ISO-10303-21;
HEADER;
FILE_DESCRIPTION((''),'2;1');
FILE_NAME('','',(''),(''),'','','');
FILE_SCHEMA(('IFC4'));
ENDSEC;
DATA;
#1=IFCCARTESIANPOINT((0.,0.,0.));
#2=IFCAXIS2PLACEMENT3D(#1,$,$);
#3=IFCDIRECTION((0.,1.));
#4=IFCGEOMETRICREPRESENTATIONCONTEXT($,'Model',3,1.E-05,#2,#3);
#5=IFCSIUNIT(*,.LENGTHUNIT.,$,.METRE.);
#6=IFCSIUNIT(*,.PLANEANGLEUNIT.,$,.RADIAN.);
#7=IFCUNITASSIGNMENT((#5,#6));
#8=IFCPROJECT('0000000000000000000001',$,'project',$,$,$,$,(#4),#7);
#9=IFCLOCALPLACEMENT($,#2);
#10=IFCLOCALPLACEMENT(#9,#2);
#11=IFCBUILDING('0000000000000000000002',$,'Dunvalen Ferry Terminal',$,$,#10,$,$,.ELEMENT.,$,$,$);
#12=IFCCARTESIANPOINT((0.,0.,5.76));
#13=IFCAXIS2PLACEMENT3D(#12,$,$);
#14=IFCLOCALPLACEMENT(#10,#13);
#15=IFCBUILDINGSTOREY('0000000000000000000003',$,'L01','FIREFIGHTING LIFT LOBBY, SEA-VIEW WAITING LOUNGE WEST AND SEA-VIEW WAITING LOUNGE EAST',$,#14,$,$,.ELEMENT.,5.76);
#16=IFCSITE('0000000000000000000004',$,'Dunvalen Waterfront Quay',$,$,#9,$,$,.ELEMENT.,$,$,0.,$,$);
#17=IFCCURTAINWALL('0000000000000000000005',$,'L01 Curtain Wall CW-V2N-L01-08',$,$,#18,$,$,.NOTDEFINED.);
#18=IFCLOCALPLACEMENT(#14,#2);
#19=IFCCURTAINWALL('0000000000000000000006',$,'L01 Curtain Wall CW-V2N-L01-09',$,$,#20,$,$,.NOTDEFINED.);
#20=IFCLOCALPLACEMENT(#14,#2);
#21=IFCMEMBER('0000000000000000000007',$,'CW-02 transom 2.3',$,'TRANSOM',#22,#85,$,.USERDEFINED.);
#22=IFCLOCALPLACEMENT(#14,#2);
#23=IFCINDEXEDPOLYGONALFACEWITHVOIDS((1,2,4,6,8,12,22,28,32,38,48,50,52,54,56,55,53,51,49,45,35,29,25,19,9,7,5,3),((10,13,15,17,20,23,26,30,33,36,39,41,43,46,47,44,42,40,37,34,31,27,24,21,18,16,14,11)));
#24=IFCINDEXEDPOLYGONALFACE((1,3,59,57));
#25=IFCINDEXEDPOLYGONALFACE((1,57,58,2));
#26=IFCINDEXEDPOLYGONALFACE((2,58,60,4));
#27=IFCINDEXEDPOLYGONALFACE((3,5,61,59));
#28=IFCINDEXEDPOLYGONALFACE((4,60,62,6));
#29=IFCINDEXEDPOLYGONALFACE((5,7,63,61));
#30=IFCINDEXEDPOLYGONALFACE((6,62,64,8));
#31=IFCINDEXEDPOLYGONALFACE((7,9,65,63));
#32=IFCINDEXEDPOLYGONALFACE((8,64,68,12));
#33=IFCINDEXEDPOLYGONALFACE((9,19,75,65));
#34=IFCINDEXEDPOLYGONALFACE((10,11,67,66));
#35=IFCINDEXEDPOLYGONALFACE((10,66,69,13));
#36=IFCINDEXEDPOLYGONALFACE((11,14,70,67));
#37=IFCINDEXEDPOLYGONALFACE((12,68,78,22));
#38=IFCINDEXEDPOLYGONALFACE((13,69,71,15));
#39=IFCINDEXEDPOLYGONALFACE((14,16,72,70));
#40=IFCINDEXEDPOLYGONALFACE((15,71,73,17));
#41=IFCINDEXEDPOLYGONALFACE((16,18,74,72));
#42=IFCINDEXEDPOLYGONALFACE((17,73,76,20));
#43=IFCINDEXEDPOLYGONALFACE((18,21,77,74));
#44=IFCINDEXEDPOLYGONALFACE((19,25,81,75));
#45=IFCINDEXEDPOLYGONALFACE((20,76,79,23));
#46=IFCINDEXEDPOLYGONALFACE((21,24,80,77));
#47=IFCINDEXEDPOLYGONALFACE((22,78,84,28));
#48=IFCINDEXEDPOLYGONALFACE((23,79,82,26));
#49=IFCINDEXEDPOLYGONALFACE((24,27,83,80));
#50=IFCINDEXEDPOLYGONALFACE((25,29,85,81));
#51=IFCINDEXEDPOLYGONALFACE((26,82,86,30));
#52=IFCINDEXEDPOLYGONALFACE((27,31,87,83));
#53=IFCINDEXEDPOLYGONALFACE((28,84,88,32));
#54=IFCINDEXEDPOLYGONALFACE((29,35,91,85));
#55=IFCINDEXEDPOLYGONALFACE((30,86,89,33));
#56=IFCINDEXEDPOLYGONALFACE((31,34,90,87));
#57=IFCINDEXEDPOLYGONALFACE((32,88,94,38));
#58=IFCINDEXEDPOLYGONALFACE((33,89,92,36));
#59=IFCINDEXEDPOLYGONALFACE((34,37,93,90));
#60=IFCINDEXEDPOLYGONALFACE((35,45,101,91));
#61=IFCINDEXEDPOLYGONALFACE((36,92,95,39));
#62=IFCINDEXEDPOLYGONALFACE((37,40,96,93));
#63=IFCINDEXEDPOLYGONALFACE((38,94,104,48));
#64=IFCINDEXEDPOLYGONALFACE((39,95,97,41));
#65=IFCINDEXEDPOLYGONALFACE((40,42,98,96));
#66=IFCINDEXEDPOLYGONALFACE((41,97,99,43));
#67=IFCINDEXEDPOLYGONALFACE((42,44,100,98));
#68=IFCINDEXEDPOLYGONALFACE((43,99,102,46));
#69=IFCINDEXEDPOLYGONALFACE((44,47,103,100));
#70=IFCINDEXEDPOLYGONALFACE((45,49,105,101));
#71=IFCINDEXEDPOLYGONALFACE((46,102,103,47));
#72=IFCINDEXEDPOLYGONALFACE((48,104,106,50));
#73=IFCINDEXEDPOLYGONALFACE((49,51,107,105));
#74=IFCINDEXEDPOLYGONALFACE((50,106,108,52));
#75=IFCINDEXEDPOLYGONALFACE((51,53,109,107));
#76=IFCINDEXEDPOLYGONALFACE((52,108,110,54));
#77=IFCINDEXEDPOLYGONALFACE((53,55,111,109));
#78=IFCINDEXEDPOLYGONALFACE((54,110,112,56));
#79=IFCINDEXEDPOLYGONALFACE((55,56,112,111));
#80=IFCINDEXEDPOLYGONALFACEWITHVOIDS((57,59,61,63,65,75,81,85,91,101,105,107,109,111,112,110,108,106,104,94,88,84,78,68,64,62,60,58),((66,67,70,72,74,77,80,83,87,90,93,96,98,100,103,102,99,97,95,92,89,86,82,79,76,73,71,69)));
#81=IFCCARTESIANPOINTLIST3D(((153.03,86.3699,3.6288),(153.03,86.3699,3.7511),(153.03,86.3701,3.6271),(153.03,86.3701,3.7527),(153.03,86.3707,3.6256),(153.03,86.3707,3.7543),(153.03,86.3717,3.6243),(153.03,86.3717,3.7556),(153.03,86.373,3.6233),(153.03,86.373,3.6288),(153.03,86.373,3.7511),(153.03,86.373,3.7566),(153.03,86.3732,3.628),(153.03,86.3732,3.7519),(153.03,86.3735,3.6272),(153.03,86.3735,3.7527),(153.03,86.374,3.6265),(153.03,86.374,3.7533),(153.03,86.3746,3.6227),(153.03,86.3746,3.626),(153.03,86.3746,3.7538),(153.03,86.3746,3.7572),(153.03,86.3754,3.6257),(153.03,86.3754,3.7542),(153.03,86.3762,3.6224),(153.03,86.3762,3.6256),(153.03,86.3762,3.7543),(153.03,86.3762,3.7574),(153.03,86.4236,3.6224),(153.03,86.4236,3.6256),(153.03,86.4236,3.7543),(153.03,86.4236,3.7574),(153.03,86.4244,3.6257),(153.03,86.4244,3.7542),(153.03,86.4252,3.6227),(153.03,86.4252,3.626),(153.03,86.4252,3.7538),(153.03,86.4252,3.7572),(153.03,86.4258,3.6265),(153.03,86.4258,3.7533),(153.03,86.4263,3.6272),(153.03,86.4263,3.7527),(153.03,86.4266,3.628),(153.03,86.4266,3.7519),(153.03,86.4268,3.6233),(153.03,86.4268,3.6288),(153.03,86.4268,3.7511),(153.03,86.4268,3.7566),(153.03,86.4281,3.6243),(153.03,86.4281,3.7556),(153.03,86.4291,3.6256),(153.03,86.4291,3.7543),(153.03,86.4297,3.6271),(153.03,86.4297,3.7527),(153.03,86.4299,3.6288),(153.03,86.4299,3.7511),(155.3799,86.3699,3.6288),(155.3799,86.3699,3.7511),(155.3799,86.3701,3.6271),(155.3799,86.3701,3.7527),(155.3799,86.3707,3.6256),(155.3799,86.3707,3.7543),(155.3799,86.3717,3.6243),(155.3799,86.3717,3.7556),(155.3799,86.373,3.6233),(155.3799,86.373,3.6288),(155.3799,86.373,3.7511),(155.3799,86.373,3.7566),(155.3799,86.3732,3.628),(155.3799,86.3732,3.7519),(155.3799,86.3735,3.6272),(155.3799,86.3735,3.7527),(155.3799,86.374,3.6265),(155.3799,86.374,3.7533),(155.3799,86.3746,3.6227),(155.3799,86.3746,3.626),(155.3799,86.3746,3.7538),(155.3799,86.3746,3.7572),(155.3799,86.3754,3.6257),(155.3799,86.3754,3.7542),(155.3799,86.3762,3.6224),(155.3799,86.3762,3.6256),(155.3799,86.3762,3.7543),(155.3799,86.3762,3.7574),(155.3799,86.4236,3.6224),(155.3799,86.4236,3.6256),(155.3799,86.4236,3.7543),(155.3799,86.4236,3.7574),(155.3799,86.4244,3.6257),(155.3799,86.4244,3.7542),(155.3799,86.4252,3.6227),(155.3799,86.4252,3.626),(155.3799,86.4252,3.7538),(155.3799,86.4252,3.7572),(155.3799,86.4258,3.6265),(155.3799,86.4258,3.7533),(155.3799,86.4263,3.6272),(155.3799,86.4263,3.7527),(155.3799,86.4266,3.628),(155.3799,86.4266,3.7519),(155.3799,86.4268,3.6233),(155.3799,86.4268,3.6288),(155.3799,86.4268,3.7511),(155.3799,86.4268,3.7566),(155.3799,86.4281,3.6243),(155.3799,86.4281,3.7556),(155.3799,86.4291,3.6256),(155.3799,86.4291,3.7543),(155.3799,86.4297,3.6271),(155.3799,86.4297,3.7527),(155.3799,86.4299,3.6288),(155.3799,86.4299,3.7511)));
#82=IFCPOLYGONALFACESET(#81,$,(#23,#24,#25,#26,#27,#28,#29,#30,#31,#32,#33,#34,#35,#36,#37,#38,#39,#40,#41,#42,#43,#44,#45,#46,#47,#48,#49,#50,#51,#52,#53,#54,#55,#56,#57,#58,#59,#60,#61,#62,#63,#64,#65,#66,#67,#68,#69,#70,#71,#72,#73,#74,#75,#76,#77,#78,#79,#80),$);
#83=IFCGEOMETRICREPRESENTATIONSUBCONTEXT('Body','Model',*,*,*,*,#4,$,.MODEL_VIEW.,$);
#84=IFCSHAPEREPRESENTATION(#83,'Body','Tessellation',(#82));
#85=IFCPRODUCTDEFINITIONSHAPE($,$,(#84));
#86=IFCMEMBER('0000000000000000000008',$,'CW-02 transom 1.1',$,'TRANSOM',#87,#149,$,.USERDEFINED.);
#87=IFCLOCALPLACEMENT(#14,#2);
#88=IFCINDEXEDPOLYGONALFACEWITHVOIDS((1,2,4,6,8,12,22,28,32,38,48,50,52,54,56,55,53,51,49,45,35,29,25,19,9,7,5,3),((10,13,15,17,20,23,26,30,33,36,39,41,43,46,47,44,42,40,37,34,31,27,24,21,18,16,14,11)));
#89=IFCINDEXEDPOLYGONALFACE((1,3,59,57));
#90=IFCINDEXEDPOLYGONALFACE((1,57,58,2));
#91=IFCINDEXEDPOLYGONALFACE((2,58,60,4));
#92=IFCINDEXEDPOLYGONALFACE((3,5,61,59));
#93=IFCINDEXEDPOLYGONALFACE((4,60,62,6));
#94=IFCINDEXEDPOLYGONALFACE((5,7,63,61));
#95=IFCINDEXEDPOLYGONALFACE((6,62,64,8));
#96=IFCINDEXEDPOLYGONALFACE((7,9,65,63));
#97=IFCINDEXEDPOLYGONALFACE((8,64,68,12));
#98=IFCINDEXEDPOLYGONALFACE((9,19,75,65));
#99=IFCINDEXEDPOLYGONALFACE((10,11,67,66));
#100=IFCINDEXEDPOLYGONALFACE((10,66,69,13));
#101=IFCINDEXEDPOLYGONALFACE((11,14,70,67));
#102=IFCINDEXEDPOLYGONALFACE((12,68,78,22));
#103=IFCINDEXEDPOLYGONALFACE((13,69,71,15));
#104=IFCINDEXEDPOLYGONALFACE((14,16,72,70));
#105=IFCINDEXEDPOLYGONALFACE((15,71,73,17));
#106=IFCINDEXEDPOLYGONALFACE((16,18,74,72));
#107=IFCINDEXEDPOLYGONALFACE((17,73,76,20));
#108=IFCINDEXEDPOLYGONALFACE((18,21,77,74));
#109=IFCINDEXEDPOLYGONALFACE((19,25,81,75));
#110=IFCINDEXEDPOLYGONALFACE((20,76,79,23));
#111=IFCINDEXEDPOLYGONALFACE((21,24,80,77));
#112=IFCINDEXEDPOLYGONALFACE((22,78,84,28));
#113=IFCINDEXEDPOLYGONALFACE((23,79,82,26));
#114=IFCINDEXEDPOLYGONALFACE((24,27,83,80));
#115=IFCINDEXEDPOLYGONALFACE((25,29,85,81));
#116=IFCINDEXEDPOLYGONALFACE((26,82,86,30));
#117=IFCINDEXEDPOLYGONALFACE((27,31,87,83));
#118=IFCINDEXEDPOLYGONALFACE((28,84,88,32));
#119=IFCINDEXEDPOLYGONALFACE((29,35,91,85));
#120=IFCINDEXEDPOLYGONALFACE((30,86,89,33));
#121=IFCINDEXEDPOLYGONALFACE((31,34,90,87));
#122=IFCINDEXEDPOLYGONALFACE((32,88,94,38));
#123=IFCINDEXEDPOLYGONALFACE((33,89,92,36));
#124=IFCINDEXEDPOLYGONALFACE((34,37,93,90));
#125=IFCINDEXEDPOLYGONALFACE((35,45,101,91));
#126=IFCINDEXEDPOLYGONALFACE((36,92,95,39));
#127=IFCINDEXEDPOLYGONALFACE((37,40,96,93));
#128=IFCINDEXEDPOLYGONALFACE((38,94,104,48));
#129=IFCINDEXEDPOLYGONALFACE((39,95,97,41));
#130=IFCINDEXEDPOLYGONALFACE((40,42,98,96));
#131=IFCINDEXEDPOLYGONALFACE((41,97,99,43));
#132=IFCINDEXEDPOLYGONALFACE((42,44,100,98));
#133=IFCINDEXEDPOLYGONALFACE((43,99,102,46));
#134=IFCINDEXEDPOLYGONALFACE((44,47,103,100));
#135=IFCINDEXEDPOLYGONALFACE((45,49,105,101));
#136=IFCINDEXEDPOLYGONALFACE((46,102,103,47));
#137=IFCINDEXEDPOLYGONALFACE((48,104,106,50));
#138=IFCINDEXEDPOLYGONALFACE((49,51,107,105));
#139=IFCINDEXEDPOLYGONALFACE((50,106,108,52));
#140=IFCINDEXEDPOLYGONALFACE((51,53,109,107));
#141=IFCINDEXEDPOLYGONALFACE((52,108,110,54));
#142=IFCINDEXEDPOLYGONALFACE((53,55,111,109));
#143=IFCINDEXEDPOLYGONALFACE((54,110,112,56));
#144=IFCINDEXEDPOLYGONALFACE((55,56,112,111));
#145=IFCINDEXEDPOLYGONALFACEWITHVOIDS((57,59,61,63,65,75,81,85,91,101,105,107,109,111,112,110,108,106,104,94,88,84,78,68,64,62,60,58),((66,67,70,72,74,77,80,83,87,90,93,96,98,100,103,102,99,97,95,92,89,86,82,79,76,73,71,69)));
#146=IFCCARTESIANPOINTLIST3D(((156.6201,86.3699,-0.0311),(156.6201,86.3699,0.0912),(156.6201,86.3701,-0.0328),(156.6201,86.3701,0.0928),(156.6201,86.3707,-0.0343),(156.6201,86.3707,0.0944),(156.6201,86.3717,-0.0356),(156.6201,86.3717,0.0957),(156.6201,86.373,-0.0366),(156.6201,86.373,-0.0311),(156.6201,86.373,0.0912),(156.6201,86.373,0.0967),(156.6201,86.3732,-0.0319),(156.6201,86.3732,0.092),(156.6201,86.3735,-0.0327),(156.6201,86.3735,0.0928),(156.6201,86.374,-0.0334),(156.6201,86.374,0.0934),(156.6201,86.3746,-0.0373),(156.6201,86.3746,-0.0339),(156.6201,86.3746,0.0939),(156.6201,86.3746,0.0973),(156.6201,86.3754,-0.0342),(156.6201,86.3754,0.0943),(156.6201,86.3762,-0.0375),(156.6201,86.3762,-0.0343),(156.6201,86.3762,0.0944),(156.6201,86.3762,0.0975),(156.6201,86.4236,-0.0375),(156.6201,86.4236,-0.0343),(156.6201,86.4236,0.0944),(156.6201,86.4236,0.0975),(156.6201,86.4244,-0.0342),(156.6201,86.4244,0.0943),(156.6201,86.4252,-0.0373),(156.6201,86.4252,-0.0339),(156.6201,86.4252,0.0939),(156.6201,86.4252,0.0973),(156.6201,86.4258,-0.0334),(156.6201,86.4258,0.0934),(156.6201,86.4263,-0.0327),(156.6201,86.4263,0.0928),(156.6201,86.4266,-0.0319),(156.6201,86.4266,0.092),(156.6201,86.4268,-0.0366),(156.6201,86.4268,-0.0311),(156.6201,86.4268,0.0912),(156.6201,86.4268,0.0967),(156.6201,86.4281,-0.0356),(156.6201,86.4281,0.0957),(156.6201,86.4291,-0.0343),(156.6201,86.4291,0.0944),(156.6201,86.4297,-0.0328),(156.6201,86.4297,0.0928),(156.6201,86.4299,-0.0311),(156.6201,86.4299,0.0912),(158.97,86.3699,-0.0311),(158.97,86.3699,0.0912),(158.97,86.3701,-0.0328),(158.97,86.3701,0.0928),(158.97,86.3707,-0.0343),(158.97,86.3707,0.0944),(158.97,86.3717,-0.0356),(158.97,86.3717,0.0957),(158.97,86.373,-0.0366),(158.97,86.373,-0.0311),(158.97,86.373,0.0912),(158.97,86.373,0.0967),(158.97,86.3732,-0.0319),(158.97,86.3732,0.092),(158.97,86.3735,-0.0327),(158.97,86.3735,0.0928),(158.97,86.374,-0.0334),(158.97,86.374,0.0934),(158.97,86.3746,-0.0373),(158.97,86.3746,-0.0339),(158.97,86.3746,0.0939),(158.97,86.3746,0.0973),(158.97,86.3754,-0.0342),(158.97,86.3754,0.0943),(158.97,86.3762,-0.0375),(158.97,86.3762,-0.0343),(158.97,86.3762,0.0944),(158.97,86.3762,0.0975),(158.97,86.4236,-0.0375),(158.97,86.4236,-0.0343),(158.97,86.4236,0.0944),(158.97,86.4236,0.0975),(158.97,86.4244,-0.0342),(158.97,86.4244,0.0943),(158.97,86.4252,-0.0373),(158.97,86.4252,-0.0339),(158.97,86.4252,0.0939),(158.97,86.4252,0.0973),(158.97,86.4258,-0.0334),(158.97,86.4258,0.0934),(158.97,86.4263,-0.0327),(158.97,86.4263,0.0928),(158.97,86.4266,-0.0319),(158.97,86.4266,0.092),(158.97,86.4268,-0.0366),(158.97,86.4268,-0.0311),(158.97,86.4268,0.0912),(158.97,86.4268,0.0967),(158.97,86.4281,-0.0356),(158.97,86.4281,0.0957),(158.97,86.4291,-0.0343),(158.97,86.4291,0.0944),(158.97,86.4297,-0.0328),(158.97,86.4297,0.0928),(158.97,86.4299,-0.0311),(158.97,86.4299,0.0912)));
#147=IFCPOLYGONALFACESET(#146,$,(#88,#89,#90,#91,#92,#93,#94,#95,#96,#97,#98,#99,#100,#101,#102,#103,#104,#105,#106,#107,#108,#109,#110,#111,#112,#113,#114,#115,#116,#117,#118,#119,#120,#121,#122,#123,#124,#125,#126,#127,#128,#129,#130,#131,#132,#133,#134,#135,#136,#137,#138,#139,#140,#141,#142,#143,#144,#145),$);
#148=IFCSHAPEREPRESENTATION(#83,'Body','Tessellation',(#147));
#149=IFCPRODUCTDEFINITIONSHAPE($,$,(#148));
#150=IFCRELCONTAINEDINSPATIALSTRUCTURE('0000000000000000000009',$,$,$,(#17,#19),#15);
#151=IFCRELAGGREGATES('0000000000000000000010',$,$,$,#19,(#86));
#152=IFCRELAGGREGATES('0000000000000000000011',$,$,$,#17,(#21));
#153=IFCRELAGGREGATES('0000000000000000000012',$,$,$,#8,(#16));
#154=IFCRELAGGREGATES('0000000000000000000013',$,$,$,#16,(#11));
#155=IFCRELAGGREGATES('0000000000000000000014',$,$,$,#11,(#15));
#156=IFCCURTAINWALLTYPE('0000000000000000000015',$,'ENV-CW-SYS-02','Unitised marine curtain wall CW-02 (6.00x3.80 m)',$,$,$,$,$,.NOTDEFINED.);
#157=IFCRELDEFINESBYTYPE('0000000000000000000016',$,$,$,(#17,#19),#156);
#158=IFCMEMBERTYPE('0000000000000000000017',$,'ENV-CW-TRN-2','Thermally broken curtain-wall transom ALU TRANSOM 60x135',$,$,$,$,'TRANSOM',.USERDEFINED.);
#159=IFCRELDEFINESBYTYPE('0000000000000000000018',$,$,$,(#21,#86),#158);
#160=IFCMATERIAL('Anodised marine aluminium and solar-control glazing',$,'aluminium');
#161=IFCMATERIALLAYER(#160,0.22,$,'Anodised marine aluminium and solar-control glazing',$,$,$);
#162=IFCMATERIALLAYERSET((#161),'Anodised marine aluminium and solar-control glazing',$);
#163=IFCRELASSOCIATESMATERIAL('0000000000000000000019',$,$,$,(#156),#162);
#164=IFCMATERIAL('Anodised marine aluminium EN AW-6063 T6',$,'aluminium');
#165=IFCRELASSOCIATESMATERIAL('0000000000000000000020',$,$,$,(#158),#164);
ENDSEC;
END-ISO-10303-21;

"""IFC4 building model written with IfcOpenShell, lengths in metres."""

from ifc_helpers import new_model, si_unit, direction, frame, origin, origin_2d, place, context, subcontext, project, spatial, hollow_rectangle, extrude, material, layer, layer_set, material_profile, profile_set, type_object, element, aggregate, save


model = new_model("IFC4")

# Units and contexts
model_context = context("Model", 3, precision=1e-05, world=origin(), true_north=direction((0.0, 1.0)))
body_context = subcontext(model_context, "Body", "Model", "MODEL_VIEW")
ifc_project = project(units=[si_unit("LENGTHUNIT", "METRE"), si_unit("PLANEANGLEUNIT", "RADIAN")], contexts=[model_context])

# Site, building, storey
site_placement = place(None, origin())
site = spatial("IfcSite", under=ifc_project, at=site_placement, Name="Dunvalen Waterfront Quay", CompositionType="ELEMENT", RefElevation=0.0)
building_placement = place(site_placement, origin())
building = spatial("IfcBuilding", under=site, at=building_placement, Name="Dunvalen Ferry Terminal", CompositionType="ELEMENT")
storey_placement = place(building_placement, frame((0.0, 0.0, 5.76)))
storey = spatial("IfcBuildingStorey", under=building, at=storey_placement, Name="L01", Description="FIREFIGHTING LIFT LOBBY, SEA-VIEW WAITING LOUNGE WEST AND SEA-VIEW WAITING LOUNGE EAST", CompositionType="ELEMENT", Elevation=5.76)

# Curtain wall
ifc_material_1 = material(Name="Anodised marine aluminium and solar-control glazing", Category="aluminium")
ifc_layer_1 = layer(ifc_material_1, 0.22, Name="Anodised marine aluminium and solar-control glazing")
ifc_layer_set_1 = layer_set([ifc_layer_1], Name="Anodised marine aluminium and solar-control glazing")
curtain_wall_type = type_object("IfcCurtainWallType", Name="ENV-CW-SYS-02", Description="Unitised marine curtain wall CW-02 (6.00x3.80 m)", PredefinedType="NOTDEFINED", material=ifc_layer_set_1)
curtain_wall_1_placement = place(storey_placement, origin())
curtain_wall_1 = element("IfcCurtainWall", 1, at=curtain_wall_1_placement, inside=storey, type_object=curtain_wall_type, Name="L01 Curtain Wall CW-V2N-L01-08", PredefinedType="NOTDEFINED")
ifc_material_2 = material(Name="Anodised marine aluminium EN AW-6063 T6", Category="aluminium")

# Curtain wall
curtain_wall_2_placement = place(storey_placement, origin())
curtain_wall_2 = element("IfcCurtainWall", 2, at=curtain_wall_2_placement, inside=storey, type_object=curtain_wall_type, Name="L01 Curtain Wall CW-V2N-L01-09", PredefinedType="NOTDEFINED")

# Members
ifc_material_profile_1 = material_profile(ifc_material_2, hollow_rectangle(XDim=0.0601, YDim=0.135, WallThickness=0.0032, InnerFilletRadius=0.0032, OuterFilletRadius=0.0063, at=origin_2d()), Name="Anodised marine aluminium EN AW-6063 T6")
ifc_profile_set_1 = profile_set([ifc_material_profile_1], Name="Anodised marine aluminium EN AW-6063 T6")
member_type_1 = type_object("IfcMemberType", Name="ENV-CW-TRN-2", Description="Thermally broken curtain-wall transom ALU TRANSOM 60x135", ElementType="TRANSOM", PredefinedType="USERDEFINED", material=ifc_profile_set_1)
member_1_placement = place(storey_placement, frame((153.03, 86.3999, 3.6899), z_axis=(1.0, 0.0, 0.0), x_axis=(0.0, 1.0, 0.0)))
member_1 = element("IfcMember", 3, at=member_1_placement, type_object=member_type_1, Name="CW-02 transom 2.3", ObjectType="TRANSOM", PredefinedType="USERDEFINED", context=body_context, shape_type="SweptSolid", body=[
    extrude(hollow_rectangle(XDim=0.0601, YDim=0.135, WallThickness=0.0032, InnerFilletRadius=0.0032, OuterFilletRadius=0.0063, at=origin_2d()), origin(), (0.0, 0.0, 1.0), 2.3499),
])
member_2_placement = place(storey_placement, frame((156.6201, 86.3999, 0.03), z_axis=(1.0, 0.0, 0.0), x_axis=(0.0, 1.0, 0.0)))
member_2 = element("IfcMember", 4, at=member_2_placement, type_object=member_type_1, Name="CW-02 transom 1.1", ObjectType="TRANSOM", PredefinedType="USERDEFINED", context=body_context, shape_type="SweptSolid", body=[
    extrude(hollow_rectangle(XDim=0.0601, YDim=0.135, WallThickness=0.0032, InnerFilletRadius=0.0032, OuterFilletRadius=0.0063, at=origin_2d()), origin(), (0.0, 0.0, 1.0), 2.3499),
])
aggregate(curtain_wall_2, [member_2])

aggregate(curtain_wall_1, [member_1])

save(model, "model.ifc")
